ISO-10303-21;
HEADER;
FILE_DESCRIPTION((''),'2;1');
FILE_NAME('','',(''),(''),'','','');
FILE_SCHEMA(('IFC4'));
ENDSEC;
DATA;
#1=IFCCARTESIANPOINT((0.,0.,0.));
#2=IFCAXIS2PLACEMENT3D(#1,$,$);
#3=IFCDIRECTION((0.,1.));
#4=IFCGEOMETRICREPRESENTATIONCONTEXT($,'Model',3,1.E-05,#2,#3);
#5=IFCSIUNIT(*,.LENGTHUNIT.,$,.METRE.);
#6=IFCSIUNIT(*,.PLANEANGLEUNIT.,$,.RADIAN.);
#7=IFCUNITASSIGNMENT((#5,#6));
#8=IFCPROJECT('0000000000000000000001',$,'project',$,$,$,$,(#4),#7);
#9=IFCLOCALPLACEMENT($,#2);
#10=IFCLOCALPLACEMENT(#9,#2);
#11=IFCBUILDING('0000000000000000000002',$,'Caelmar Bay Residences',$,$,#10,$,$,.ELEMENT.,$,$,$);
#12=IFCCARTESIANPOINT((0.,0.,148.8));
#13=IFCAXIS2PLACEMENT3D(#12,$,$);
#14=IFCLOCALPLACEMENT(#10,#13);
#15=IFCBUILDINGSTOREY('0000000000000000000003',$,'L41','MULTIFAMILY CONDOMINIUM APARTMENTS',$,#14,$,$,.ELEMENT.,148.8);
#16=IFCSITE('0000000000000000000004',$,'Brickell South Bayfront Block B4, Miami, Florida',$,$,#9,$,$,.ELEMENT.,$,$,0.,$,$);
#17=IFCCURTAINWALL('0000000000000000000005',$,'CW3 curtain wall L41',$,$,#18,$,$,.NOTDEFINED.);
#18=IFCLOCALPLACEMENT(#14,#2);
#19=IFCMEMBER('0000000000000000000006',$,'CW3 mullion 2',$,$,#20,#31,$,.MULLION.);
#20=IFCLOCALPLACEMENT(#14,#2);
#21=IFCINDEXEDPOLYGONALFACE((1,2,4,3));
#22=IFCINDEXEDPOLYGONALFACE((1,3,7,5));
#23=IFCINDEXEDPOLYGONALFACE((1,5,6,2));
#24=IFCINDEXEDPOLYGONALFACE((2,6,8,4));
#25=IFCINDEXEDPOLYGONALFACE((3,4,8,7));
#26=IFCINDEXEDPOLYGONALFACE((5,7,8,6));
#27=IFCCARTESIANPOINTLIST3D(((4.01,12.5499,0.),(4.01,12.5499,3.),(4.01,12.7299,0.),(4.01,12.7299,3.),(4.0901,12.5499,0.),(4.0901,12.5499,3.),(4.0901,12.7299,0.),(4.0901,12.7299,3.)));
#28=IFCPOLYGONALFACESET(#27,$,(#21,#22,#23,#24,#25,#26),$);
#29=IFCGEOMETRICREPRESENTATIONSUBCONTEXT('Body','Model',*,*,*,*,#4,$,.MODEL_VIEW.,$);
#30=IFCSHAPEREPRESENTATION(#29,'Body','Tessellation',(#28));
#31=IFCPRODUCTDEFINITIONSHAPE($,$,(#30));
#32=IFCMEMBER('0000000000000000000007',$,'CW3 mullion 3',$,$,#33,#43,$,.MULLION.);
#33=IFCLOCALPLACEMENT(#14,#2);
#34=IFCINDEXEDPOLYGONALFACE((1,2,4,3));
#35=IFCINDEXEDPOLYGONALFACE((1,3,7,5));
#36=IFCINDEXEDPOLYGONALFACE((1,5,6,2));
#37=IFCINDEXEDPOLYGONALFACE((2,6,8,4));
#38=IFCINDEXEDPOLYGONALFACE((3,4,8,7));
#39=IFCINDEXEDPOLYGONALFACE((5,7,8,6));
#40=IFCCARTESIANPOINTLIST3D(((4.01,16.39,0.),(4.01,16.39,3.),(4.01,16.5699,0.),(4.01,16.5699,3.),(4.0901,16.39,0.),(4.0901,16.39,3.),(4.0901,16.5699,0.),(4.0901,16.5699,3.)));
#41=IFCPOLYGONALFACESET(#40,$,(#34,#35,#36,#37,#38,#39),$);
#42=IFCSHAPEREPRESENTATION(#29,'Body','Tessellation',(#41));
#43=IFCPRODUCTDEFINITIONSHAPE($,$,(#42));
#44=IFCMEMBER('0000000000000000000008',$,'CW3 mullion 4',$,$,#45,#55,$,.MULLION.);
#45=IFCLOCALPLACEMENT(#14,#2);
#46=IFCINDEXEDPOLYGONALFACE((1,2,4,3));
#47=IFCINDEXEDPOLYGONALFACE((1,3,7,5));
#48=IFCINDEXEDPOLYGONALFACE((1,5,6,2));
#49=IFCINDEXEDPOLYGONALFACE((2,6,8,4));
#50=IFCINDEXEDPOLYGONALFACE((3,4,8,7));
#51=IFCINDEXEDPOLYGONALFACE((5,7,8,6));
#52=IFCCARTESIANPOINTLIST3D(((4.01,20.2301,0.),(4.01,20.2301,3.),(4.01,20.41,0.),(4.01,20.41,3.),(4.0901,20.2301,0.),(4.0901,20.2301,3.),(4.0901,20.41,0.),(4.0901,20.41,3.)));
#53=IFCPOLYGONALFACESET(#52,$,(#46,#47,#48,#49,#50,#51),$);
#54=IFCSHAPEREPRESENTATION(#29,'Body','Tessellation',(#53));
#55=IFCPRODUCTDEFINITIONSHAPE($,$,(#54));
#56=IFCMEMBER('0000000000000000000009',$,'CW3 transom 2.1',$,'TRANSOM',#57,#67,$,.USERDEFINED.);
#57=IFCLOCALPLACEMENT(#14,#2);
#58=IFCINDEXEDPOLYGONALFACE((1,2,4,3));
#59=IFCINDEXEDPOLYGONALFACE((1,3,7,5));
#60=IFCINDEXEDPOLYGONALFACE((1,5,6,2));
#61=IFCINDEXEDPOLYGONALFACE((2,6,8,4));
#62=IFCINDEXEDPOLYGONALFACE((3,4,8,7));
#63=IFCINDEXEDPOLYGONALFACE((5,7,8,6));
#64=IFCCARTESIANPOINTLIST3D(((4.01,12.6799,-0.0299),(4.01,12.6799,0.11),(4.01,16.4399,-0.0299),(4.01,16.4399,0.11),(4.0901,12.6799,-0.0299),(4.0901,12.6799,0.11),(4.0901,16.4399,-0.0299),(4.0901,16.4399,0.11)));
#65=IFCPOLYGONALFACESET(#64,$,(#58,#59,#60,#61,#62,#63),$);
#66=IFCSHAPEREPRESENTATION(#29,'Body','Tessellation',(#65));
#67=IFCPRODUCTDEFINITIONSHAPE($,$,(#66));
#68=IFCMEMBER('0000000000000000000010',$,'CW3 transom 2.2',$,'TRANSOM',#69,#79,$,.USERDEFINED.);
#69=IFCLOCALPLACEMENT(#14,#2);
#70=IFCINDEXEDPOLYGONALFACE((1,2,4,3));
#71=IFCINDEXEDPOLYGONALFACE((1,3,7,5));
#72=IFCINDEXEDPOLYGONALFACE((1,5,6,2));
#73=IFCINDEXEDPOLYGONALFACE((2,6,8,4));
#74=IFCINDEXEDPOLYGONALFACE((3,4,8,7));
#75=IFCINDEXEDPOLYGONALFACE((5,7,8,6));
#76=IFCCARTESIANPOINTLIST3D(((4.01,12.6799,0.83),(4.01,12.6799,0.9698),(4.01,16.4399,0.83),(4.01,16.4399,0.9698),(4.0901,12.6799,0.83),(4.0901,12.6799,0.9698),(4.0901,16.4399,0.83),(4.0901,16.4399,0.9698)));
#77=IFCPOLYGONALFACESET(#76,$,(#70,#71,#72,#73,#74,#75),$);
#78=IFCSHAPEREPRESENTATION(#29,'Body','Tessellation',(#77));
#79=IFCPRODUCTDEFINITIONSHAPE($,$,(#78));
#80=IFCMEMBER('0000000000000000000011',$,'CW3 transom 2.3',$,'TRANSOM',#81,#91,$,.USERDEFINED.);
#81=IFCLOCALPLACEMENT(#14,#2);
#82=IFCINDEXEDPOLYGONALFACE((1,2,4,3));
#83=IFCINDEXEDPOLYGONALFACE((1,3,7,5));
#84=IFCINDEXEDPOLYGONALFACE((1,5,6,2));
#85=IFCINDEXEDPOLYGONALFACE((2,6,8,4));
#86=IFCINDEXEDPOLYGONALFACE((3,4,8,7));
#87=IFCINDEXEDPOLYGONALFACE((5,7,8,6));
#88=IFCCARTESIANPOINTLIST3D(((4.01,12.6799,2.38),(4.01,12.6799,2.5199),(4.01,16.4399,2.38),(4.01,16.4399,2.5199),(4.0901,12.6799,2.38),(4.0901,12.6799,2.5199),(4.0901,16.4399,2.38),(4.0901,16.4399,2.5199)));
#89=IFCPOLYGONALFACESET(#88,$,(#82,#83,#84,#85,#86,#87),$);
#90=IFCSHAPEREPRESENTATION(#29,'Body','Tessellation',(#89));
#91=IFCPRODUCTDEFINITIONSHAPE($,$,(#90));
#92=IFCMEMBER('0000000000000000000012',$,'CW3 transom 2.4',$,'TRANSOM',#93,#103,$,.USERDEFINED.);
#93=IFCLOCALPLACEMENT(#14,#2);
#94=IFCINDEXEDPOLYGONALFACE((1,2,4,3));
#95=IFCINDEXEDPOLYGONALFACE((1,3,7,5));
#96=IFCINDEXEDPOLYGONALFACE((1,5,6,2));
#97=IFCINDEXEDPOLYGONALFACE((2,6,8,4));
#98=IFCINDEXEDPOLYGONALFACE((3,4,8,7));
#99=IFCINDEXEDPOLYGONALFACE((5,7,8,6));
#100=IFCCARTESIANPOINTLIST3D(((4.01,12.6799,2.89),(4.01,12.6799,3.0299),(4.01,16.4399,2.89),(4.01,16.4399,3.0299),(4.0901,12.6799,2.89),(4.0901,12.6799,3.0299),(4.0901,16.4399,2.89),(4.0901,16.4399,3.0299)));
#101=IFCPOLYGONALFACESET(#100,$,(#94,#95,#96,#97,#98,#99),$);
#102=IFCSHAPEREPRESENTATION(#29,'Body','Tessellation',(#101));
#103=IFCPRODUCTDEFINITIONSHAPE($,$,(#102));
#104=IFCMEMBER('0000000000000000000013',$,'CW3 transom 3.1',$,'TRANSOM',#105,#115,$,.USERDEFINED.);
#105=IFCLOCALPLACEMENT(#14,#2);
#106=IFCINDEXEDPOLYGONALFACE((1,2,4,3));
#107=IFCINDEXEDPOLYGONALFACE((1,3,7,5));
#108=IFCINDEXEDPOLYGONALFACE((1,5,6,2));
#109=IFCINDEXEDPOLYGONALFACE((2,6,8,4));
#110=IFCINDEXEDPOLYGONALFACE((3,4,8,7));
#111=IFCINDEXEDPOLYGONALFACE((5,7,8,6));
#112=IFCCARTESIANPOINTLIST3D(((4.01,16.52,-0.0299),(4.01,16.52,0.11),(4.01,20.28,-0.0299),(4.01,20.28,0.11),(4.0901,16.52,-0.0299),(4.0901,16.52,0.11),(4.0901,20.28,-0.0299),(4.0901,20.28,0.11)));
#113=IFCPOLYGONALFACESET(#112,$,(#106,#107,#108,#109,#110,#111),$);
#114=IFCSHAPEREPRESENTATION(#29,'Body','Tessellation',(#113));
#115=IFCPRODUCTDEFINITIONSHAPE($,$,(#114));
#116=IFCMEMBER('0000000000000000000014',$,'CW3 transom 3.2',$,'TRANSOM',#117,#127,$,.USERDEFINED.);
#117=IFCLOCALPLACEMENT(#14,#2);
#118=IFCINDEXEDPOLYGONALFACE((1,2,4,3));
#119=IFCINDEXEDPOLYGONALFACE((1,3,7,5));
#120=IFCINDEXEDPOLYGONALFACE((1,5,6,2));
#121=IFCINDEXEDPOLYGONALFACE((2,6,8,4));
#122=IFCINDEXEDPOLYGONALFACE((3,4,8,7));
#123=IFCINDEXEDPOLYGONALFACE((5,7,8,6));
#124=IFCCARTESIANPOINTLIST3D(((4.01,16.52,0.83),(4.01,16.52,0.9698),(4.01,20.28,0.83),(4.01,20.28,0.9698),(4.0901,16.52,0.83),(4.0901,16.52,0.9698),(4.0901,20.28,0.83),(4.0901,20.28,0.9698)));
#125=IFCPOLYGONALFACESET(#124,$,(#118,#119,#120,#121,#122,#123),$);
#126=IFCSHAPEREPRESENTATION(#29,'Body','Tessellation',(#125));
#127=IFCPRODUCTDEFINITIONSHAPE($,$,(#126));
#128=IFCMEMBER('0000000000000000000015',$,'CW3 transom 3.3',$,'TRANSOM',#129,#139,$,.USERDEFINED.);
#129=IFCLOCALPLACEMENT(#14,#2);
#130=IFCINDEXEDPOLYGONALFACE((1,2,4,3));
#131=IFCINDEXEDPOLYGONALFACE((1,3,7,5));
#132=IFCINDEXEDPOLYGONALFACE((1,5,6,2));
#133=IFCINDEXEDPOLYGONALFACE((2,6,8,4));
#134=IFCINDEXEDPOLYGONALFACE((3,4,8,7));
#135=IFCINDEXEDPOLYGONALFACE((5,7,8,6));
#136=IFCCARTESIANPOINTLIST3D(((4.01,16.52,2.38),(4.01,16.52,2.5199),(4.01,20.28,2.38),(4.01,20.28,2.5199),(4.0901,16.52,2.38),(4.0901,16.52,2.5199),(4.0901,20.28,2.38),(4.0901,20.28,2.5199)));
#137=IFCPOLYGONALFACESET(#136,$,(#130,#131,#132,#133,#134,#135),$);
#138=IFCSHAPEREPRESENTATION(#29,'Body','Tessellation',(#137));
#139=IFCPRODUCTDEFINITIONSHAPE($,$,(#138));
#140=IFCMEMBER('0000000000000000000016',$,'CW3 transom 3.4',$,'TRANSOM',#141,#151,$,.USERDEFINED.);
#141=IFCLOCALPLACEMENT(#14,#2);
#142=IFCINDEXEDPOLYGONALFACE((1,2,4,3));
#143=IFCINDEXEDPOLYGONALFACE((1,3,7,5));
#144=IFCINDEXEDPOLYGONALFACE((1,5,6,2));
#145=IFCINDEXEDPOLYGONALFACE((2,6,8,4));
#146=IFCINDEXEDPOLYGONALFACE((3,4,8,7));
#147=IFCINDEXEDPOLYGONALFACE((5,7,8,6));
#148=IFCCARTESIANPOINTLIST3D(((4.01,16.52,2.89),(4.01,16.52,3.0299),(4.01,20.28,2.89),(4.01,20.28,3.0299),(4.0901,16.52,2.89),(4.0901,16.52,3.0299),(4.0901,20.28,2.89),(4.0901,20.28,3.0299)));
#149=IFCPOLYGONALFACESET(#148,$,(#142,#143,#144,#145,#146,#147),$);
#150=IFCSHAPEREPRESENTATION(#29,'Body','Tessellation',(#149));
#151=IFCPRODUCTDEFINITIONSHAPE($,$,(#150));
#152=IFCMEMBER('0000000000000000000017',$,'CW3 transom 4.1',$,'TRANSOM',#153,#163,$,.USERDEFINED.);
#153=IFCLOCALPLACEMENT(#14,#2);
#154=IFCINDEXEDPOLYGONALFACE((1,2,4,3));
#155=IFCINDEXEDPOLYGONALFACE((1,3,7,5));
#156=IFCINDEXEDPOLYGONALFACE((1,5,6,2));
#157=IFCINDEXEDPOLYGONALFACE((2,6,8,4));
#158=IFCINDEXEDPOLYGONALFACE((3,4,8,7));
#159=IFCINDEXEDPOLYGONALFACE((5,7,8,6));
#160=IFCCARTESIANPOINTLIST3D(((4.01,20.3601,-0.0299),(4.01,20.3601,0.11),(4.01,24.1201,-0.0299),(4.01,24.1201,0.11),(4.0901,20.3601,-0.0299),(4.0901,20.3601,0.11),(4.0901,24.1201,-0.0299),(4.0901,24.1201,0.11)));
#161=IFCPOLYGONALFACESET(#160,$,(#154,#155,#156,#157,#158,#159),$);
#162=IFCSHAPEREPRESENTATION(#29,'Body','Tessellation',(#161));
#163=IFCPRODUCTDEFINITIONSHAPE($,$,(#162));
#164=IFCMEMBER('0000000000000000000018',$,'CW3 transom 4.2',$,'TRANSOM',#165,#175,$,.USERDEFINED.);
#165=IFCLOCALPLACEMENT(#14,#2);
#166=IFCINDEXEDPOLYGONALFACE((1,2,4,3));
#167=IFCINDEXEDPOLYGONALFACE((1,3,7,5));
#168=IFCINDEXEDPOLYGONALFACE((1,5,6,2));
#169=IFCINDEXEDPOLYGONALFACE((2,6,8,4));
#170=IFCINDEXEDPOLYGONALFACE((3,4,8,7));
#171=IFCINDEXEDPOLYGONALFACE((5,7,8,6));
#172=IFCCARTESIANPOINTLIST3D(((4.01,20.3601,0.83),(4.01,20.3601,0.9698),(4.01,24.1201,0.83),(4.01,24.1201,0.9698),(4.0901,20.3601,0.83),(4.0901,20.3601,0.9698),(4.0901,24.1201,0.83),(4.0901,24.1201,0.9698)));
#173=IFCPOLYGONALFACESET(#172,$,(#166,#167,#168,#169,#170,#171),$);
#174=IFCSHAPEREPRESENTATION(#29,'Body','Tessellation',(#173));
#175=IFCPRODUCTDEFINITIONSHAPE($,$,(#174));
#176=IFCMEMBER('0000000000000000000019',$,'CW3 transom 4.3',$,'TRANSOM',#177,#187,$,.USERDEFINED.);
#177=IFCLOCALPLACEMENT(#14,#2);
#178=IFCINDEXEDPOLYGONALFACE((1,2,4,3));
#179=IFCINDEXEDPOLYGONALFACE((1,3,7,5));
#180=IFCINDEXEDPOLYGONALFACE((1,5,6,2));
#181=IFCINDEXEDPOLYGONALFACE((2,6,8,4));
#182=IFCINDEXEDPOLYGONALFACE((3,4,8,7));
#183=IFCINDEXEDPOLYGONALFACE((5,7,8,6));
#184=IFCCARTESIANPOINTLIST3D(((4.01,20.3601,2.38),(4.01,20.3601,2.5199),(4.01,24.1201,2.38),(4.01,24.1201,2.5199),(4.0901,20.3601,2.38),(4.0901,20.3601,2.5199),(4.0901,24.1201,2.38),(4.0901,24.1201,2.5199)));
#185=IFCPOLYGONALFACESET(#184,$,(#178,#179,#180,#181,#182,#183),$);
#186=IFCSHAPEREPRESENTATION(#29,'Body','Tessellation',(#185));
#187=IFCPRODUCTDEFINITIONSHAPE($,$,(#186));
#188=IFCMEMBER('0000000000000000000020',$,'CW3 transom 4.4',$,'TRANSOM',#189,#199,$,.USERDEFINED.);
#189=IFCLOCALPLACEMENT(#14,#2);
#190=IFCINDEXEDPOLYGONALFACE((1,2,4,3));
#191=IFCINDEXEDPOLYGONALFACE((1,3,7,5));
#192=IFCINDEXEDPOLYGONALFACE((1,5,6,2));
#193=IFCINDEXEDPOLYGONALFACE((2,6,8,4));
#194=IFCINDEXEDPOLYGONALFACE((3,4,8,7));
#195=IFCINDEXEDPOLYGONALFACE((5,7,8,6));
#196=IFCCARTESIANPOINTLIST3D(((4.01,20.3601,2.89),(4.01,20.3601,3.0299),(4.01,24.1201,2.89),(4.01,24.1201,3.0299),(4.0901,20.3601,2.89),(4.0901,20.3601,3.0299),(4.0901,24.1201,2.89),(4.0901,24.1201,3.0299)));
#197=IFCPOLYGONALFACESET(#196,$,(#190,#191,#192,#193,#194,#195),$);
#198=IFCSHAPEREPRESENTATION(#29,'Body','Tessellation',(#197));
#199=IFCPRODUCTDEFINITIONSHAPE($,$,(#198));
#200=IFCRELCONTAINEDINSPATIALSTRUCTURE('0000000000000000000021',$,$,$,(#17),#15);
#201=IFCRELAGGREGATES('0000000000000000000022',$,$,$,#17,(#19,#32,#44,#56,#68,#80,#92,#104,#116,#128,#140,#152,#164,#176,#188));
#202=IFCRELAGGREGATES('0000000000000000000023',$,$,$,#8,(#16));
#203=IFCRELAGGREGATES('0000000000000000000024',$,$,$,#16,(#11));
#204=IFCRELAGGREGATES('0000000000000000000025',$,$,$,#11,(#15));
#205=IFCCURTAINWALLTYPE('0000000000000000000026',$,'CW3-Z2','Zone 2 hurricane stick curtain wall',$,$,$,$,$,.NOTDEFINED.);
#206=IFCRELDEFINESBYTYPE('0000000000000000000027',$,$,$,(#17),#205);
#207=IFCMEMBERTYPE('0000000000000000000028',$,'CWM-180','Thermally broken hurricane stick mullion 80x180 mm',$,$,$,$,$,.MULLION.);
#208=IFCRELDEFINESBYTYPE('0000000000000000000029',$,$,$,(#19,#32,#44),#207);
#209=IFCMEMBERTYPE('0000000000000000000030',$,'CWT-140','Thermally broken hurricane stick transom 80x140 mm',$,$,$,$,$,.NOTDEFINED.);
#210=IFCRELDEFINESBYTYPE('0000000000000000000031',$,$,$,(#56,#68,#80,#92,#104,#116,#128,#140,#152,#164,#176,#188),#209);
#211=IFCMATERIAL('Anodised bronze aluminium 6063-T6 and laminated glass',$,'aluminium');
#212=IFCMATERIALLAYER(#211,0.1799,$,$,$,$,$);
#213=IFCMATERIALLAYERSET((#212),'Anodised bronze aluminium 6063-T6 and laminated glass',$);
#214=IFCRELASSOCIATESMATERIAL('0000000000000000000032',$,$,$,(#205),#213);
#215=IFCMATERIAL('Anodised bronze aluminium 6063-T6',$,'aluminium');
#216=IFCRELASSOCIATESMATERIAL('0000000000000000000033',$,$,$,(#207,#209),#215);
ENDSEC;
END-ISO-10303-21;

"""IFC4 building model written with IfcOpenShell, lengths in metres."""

from ifc_helpers import new_model, si_unit, direction, frame, origin, origin_2d, place, context, subcontext, project, spatial, rectangle, extrude, material, layer, layer_set, material_profile, profile_set, type_object, element, aggregate, save


model = new_model("IFC4")

# Units and contexts
model_context = context("Model", 3, precision=1e-05, world=origin(), true_north=direction((0.0, 1.0)))
body_context = subcontext(model_context, "Body", "Model", "MODEL_VIEW")
ifc_project = project(units=[si_unit("LENGTHUNIT", "METRE"), si_unit("PLANEANGLEUNIT", "RADIAN")], contexts=[model_context])

# Site, building, storey
site_placement = place(None, origin())
site = spatial("IfcSite", under=ifc_project, at=site_placement, Name="Brickell South Bayfront Block B4, Miami, Florida", CompositionType="ELEMENT", RefElevation=0.0)
building_placement = place(site_placement, origin())
building = spatial("IfcBuilding", under=site, at=building_placement, Name="Caelmar Bay Residences", CompositionType="ELEMENT")
storey_placement = place(building_placement, frame((0.0, 0.0, 148.8)))
storey = spatial("IfcBuildingStorey", under=building, at=storey_placement, Name="L41", Description="MULTIFAMILY CONDOMINIUM APARTMENTS", CompositionType="ELEMENT", Elevation=148.8)

# Curtain wall, members
ifc_material_1 = material(Name="Anodised bronze aluminium 6063-T6 and laminated glass", Category="aluminium")
ifc_layer_1 = layer(ifc_material_1, 0.1799)
ifc_layer_set_1 = layer_set([ifc_layer_1], Name="Anodised bronze aluminium 6063-T6 and laminated glass")
curtain_wall_type = type_object("IfcCurtainWallType", Name="CW3-Z2", Description="Zone 2 hurricane stick curtain wall", PredefinedType="NOTDEFINED", material=ifc_layer_set_1)
curtain_wall_placement = place(storey_placement, origin())
curtain_wall = element("IfcCurtainWall", 1, at=curtain_wall_placement, inside=storey, type_object=curtain_wall_type, Name="CW3 curtain wall L41", PredefinedType="NOTDEFINED")
ifc_material_2 = material(Name="Anodised bronze aluminium 6063-T6", Category="aluminium")
ifc_material_profile_1 = material_profile(ifc_material_2, rectangle(XDim=0.0801, YDim=0.1799, at=origin_2d()), Name="CWM-80X180")
ifc_profile_set_1 = profile_set([ifc_material_profile_1], Name="Anodised bronze aluminium 6063-T6")
member_type_1 = type_object("IfcMemberType", Name="CWM-180", Description="Thermally broken hurricane stick mullion 80x180 mm", PredefinedType="MULLION", material=ifc_profile_set_1)
member_1_placement = place(storey_placement, frame((4.05, 12.6399, 0.0), z_axis=(0.0, 0.0, 1.0), x_axis=(-1.0, 0.0, 0.0)))
member_1 = element("IfcMember", 2, at=member_1_placement, type_object=member_type_1, Name="CW3 mullion 2", PredefinedType="MULLION", context=body_context, shape_type="SweptSolid", body=[
    extrude(rectangle(XDim=0.0801, YDim=0.1799, at=origin_2d()), origin(), (0.0, 0.0, 1.0), 3.0),
])
member_2_placement = place(storey_placement, frame((4.05, 16.48, 0.0), z_axis=(0.0, 0.0, 1.0), x_axis=(-1.0, 0.0, 0.0)))
member_2 = element("IfcMember", 3, at=member_2_placement, type_object=member_type_1, Name="CW3 mullion 3", PredefinedType="MULLION", context=body_context, shape_type="SweptSolid", body=[
    extrude(rectangle(XDim=0.0801, YDim=0.1799, at=origin_2d()), origin(), (0.0, 0.0, 1.0), 3.0),
])
member_3_placement = place(storey_placement, frame((4.05, 20.3201, 0.0), z_axis=(0.0, 0.0, 1.0), x_axis=(-1.0, 0.0, 0.0)))
member_3 = element("IfcMember", 4, at=member_3_placement, type_object=member_type_1, Name="CW3 mullion 4", PredefinedType="MULLION", context=body_context, shape_type="SweptSolid", body=[
    extrude(rectangle(XDim=0.0801, YDim=0.1799, at=origin_2d()), origin(), (0.0, 0.0, 1.0), 3.0),
])
ifc_material_profile_2 = material_profile(ifc_material_2, rectangle(XDim=0.0801, YDim=0.1399, at=origin_2d()), Name="CWT-80X140")
ifc_profile_set_2 = profile_set([ifc_material_profile_2], Name="Anodised bronze aluminium 6063-T6")
member_type_2 = type_object("IfcMemberType", Name="CWT-140", Description="Thermally broken hurricane stick transom 80x140 mm", PredefinedType="NOTDEFINED", material=ifc_profile_set_2)
member_4_placement = place(storey_placement, frame((4.05, 12.6799, 0.04), z_axis=(0.0, 1.0, 0.0), x_axis=(-1.0, 0.0, 0.0)))
member_4 = element("IfcMember", 5, at=member_4_placement, type_object=member_type_2, Name="CW3 transom 2.1", ObjectType="TRANSOM", PredefinedType="USERDEFINED", context=body_context, shape_type="SweptSolid", body=[
    extrude(rectangle(XDim=0.0801, YDim=0.1399, at=origin_2d()), origin(), (0.0, 0.0, 1.0), 3.76),
])
member_5_placement = place(storey_placement, frame((4.05, 12.6799, 0.8999), z_axis=(0.0, 1.0, 0.0), x_axis=(-1.0, 0.0, 0.0)))
member_5 = element("IfcMember", 6, at=member_5_placement, type_object=member_type_2, Name="CW3 transom 2.2", ObjectType="TRANSOM", PredefinedType="USERDEFINED", context=body_context, shape_type="SweptSolid", body=[
    extrude(rectangle(XDim=0.0801, YDim=0.1399, at=origin_2d()), origin(), (0.0, 0.0, 1.0), 3.76),
])
member_6_placement = place(storey_placement, frame((4.05, 12.6799, 2.45), z_axis=(0.0, 1.0, 0.0), x_axis=(-1.0, 0.0, 0.0)))
member_6 = element("IfcMember", 7, at=member_6_placement, type_object=member_type_2, Name="CW3 transom 2.3", ObjectType="TRANSOM", PredefinedType="USERDEFINED", context=body_context, shape_type="SweptSolid", body=[
    extrude(rectangle(XDim=0.0801, YDim=0.1399, at=origin_2d()), origin(), (0.0, 0.0, 1.0), 3.76),
])
member_7_placement = place(storey_placement, frame((4.05, 12.6799, 2.96), z_axis=(0.0, 1.0, 0.0), x_axis=(-1.0, 0.0, 0.0)))
member_7 = element("IfcMember", 8, at=member_7_placement, type_object=member_type_2, Name="CW3 transom 2.4", ObjectType="TRANSOM", PredefinedType="USERDEFINED", context=body_context, shape_type="SweptSolid", body=[
    extrude(rectangle(XDim=0.0801, YDim=0.1399, at=origin_2d()), origin(), (0.0, 0.0, 1.0), 3.76),
])
member_8_placement = place(storey_placement, frame((4.05, 16.52, 0.04), z_axis=(0.0, 1.0, 0.0), x_axis=(-1.0, 0.0, 0.0)))
member_8 = element("IfcMember", 9, at=member_8_placement, type_object=member_type_2, Name="CW3 transom 3.1", ObjectType="TRANSOM", PredefinedType="USERDEFINED", context=body_context, shape_type="SweptSolid", body=[
    extrude(rectangle(XDim=0.0801, YDim=0.1399, at=origin_2d()), origin(), (0.0, 0.0, 1.0), 3.76),
])
member_9_placement = place(storey_placement, frame((4.05, 16.52, 0.8999), z_axis=(0.0, 1.0, 0.0), x_axis=(-1.0, 0.0, 0.0)))
member_9 = element("IfcMember", 10, at=member_9_placement, type_object=member_type_2, Name="CW3 transom 3.2", ObjectType="TRANSOM", PredefinedType="USERDEFINED", context=body_context, shape_type="SweptSolid", body=[
    extrude(rectangle(XDim=0.0801, YDim=0.1399, at=origin_2d()), origin(), (0.0, 0.0, 1.0), 3.76),
])
member_10_placement = place(storey_placement, frame((4.05, 16.52, 2.45), z_axis=(0.0, 1.0, 0.0), x_axis=(-1.0, 0.0, 0.0)))
member_10 = element("IfcMember", 11, at=member_10_placement, type_object=member_type_2, Name="CW3 transom 3.3", ObjectType="TRANSOM", PredefinedType="USERDEFINED", context=body_context, shape_type="SweptSolid", body=[
    extrude(rectangle(XDim=0.0801, YDim=0.1399, at=origin_2d()), origin(), (0.0, 0.0, 1.0), 3.76),
])
member_11_placement = place(storey_placement, frame((4.05, 16.52, 2.96), z_axis=(0.0, 1.0, 0.0), x_axis=(-1.0, 0.0, 0.0)))
member_11 = element("IfcMember", 12, at=member_11_placement, type_object=member_type_2, Name="CW3 transom 3.4", ObjectType="TRANSOM", PredefinedType="USERDEFINED", context=body_context, shape_type="SweptSolid", body=[
    extrude(rectangle(XDim=0.0801, YDim=0.1399, at=origin_2d()), origin(), (0.0, 0.0, 1.0), 3.76),
])
member_12_placement = place(storey_placement, frame((4.05, 20.3601, 0.04), z_axis=(0.0, 1.0, 0.0), x_axis=(-1.0, 0.0, 0.0)))
member_12 = element("IfcMember", 13, at=member_12_placement, type_object=member_type_2, Name="CW3 transom 4.1", ObjectType="TRANSOM", PredefinedType="USERDEFINED", context=body_context, shape_type="SweptSolid", body=[
    extrude(rectangle(XDim=0.0801, YDim=0.1399, at=origin_2d()), origin(), (0.0, 0.0, 1.0), 3.76),
])
member_13_placement = place(storey_placement, frame((4.05, 20.3601, 0.8999), z_axis=(0.0, 1.0, 0.0), x_axis=(-1.0, 0.0, 0.0)))
member_13 = element("IfcMember", 14, at=member_13_placement, type_object=member_type_2, Name="CW3 transom 4.2", ObjectType="TRANSOM", PredefinedType="USERDEFINED", context=body_context, shape_type="SweptSolid", body=[
    extrude(rectangle(XDim=0.0801, YDim=0.1399, at=origin_2d()), origin(), (0.0, 0.0, 1.0), 3.76),
])
member_14_placement = place(storey_placement, frame((4.05, 20.3601, 2.45), z_axis=(0.0, 1.0, 0.0), x_axis=(-1.0, 0.0, 0.0)))
member_14 = element("IfcMember", 15, at=member_14_placement, type_object=member_type_2, Name="CW3 transom 4.3", ObjectType="TRANSOM", PredefinedType="USERDEFINED", context=body_context, shape_type="SweptSolid", body=[
    extrude(rectangle(XDim=0.0801, YDim=0.1399, at=origin_2d()), origin(), (0.0, 0.0, 1.0), 3.76),
])
member_15_placement = place(storey_placement, frame((4.05, 20.3601, 2.96), z_axis=(0.0, 1.0, 0.0), x_axis=(-1.0, 0.0, 0.0)))
member_15 = element("IfcMember", 16, at=member_15_placement, type_object=member_type_2, Name="CW3 transom 4.4", ObjectType="TRANSOM", PredefinedType="USERDEFINED", context=body_context, shape_type="SweptSolid", body=[
    extrude(rectangle(XDim=0.0801, YDim=0.1399, at=origin_2d()), origin(), (0.0, 0.0, 1.0), 3.76),
])
aggregate(curtain_wall, [member_1, member_2, member_3, member_4, member_5, member_6, member_7, member_8, member_9, member_10, member_11, member_12, member_13, member_14, member_15])

save(model, "model.ifc")
